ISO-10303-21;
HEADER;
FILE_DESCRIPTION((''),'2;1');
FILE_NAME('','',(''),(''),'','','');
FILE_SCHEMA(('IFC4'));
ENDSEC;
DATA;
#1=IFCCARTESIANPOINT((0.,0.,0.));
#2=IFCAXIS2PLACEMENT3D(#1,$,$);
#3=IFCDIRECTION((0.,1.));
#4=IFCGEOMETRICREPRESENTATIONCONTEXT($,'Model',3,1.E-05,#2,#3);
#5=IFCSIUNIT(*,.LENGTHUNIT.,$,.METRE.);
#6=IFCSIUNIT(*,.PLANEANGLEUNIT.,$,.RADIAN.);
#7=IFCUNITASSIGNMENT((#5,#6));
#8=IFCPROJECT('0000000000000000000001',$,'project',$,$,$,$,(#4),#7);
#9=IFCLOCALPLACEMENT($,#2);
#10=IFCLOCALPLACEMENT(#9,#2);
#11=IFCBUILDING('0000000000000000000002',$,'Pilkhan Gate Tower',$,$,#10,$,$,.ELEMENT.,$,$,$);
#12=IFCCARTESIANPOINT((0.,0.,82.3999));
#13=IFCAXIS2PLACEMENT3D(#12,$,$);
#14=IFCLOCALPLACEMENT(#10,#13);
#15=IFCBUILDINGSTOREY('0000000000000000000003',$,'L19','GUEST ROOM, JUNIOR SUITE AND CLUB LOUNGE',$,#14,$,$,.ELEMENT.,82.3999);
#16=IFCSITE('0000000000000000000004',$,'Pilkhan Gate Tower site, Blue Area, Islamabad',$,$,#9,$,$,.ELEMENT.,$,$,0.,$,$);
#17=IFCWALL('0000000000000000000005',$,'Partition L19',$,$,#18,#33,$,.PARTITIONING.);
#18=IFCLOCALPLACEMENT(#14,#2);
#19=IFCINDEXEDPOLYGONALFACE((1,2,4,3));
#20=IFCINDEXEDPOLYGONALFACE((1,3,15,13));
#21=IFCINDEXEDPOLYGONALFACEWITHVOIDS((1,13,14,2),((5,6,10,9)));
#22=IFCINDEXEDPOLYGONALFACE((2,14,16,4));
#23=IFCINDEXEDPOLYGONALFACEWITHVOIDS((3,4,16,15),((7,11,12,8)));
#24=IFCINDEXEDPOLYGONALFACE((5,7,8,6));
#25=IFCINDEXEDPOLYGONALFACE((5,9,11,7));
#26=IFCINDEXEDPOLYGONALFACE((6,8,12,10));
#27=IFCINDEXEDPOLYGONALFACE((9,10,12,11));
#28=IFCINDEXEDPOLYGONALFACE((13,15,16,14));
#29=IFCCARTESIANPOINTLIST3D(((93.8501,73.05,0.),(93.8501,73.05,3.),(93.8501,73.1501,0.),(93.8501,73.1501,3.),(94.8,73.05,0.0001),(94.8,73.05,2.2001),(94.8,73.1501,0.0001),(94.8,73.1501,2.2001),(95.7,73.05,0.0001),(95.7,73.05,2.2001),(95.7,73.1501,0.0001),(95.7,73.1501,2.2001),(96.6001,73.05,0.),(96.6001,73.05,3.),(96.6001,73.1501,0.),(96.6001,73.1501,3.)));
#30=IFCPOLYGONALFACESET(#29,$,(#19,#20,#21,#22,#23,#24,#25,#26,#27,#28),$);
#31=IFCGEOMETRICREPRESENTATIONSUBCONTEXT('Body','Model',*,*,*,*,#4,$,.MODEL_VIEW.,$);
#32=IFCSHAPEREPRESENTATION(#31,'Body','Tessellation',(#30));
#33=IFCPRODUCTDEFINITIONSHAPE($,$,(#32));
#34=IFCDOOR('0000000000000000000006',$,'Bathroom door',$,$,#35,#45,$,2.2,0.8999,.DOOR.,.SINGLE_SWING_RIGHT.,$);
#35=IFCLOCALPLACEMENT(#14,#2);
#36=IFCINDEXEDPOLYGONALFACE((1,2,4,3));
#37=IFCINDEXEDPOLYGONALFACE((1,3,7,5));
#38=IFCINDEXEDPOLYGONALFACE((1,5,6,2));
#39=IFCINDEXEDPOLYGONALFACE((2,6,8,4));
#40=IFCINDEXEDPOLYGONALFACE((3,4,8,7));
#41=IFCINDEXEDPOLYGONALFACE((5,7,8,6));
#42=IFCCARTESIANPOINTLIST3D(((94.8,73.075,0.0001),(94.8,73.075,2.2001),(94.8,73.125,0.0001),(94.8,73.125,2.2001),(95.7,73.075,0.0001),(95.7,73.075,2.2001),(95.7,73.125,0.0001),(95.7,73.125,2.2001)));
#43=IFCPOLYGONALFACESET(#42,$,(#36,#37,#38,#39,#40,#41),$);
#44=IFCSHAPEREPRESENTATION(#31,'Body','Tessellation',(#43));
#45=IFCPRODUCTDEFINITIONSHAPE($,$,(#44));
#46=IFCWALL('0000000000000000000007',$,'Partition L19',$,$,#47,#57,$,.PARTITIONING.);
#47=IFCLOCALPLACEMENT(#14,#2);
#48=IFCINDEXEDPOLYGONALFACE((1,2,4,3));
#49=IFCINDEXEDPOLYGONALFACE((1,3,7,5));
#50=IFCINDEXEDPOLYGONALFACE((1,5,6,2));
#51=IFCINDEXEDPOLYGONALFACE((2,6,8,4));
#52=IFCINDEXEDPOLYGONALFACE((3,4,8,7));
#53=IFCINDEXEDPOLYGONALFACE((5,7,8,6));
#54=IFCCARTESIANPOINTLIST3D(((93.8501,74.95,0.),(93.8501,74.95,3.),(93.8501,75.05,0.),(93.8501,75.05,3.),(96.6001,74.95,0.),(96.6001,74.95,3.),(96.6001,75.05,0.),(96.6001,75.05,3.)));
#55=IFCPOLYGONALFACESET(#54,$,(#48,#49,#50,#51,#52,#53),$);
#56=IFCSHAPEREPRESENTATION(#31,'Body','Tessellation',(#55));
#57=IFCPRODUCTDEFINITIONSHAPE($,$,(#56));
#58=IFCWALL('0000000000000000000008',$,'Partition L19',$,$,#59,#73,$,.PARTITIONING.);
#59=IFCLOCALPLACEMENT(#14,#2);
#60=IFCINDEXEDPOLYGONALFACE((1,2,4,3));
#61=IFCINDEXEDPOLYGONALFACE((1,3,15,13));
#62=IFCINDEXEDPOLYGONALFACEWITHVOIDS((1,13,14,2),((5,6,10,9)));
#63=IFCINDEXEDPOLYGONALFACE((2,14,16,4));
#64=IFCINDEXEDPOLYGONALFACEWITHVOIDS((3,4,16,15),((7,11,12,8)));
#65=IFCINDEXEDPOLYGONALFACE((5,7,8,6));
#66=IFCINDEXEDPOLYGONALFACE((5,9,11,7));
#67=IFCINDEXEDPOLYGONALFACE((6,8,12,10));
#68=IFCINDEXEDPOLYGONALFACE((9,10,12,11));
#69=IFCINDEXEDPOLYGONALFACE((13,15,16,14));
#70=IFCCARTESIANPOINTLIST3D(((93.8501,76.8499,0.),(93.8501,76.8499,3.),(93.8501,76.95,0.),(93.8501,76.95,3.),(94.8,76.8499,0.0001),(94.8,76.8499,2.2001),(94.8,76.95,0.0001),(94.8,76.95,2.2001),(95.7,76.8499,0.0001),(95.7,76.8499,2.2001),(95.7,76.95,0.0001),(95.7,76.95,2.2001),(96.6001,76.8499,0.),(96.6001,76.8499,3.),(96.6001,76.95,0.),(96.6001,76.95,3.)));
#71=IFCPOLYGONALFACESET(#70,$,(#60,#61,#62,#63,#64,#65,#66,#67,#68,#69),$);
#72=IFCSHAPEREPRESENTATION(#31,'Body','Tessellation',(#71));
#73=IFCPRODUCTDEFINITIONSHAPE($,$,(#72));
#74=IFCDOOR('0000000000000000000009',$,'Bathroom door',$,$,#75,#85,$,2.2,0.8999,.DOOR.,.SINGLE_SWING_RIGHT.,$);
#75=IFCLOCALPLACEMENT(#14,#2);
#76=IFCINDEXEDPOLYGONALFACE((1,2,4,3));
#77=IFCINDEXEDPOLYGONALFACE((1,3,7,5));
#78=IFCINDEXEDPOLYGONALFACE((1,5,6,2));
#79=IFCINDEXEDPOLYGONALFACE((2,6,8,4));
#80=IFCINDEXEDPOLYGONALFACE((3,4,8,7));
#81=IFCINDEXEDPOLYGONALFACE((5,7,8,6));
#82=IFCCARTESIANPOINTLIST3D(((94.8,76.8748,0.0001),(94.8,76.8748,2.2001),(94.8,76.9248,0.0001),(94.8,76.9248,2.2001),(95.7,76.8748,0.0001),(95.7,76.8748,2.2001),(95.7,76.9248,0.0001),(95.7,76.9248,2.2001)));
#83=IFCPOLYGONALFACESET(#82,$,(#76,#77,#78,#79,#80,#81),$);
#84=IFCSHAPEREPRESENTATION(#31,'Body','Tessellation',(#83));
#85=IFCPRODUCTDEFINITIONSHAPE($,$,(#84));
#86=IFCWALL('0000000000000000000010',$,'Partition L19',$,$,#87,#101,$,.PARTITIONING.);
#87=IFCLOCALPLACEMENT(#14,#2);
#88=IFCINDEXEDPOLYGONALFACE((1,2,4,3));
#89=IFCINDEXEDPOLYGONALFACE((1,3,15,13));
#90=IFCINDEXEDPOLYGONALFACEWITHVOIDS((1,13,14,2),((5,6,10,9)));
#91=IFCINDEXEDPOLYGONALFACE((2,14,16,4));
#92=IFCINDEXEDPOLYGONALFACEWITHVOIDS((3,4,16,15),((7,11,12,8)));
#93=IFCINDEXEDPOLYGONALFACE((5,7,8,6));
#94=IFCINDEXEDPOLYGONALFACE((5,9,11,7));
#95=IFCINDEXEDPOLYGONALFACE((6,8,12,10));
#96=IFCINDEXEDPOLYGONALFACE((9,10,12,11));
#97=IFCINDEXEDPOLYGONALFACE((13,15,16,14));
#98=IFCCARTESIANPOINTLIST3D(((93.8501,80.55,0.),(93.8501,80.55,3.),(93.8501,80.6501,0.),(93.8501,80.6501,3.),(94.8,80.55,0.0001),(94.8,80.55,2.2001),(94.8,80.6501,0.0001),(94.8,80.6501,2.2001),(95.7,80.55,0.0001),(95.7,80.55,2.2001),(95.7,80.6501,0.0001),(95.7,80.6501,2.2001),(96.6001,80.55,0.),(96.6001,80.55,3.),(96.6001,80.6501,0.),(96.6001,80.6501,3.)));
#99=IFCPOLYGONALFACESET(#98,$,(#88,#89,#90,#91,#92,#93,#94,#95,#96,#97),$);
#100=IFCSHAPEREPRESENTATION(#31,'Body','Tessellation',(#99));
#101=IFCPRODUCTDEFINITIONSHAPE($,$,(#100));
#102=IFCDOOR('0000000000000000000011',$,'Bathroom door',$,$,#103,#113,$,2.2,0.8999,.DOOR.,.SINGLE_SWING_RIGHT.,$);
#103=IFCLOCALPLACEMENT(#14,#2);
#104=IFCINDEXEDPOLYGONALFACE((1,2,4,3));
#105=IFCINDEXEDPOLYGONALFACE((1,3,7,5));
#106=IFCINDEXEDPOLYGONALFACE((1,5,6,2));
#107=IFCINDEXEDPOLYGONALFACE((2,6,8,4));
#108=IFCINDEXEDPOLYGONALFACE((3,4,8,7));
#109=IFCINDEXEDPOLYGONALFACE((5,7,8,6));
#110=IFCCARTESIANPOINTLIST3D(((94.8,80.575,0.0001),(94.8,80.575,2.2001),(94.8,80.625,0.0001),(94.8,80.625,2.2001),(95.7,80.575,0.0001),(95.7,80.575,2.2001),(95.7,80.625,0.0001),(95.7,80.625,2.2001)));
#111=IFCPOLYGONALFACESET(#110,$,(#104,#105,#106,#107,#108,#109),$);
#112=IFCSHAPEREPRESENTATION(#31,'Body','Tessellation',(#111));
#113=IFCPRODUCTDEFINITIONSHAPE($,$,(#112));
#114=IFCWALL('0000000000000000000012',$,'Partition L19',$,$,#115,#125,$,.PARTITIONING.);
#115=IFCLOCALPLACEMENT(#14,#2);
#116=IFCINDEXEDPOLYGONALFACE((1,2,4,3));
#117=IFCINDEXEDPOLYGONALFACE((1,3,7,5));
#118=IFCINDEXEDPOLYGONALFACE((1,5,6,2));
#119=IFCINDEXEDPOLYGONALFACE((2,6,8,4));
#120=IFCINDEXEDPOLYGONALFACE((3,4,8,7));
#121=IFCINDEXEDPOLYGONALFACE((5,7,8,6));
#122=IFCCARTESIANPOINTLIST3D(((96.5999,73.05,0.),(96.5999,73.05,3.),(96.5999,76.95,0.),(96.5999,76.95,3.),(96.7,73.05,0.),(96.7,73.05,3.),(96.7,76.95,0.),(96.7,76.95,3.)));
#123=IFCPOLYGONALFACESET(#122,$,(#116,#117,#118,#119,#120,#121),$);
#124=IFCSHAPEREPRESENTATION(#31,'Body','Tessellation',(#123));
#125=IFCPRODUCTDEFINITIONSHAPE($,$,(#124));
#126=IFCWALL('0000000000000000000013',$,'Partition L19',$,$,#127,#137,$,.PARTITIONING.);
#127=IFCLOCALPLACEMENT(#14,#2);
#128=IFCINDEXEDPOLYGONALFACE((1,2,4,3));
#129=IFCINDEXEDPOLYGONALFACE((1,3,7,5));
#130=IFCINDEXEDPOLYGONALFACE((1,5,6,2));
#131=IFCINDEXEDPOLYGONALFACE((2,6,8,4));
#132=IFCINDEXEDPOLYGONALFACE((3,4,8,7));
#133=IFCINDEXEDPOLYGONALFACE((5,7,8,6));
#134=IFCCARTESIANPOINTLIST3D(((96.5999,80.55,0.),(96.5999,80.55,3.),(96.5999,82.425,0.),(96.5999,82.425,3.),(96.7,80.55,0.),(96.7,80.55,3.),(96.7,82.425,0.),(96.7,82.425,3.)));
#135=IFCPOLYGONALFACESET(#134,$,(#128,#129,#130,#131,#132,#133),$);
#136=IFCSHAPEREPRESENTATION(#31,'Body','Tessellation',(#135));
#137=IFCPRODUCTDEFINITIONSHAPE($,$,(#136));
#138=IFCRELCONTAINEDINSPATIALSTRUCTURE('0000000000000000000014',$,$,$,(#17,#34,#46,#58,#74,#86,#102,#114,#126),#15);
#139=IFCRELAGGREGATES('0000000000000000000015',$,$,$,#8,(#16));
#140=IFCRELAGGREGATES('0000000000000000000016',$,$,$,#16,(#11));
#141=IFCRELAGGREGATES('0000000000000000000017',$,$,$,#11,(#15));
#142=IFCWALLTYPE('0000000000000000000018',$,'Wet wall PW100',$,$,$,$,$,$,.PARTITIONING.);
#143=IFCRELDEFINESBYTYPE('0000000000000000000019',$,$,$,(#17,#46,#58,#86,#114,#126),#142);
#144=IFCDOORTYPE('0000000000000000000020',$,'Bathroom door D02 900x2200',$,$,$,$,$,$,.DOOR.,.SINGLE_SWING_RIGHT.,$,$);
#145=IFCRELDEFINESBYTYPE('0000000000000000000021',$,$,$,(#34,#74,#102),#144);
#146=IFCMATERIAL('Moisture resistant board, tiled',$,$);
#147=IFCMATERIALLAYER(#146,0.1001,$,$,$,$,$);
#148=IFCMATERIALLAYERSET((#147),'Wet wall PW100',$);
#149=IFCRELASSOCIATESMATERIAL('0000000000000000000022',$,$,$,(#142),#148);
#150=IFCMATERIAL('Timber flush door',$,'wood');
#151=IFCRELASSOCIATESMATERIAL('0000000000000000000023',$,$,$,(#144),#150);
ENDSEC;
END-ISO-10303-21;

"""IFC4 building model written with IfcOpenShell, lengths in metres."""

from ifc_helpers import new_model, si_unit, direction, frame, frame_2d, origin, place, context, subcontext, project, spatial, rectangle, extrude, material, layer, layer_set, type_object, element, fill, save


model = new_model("IFC4")

# Units and contexts
model_context = context("Model", 3, precision=1e-05, world=origin(), true_north=direction((0.0, 1.0)))
body_context = subcontext(model_context, "Body", "Model", "MODEL_VIEW")
ifc_project = project(units=[si_unit("LENGTHUNIT", "METRE"), si_unit("PLANEANGLEUNIT", "RADIAN")], contexts=[model_context])

# Site, building, storey
site_placement = place(None, origin())
site = spatial("IfcSite", under=ifc_project, at=site_placement, Name="Pilkhan Gate Tower site, Blue Area, Islamabad", CompositionType="ELEMENT", RefElevation=0.0)
building_placement = place(site_placement, origin())
building = spatial("IfcBuilding", under=site, at=building_placement, Name="Pilkhan Gate Tower", CompositionType="ELEMENT")
storey_placement = place(building_placement, frame((0.0, 0.0, 82.3999)))
storey = spatial("IfcBuildingStorey", under=building, at=storey_placement, Name="L19", Description="GUEST ROOM, JUNIOR SUITE AND CLUB LOUNGE", CompositionType="ELEMENT", Elevation=82.3999)

# Wall, opening, door
ifc_material_1 = material(Name="Moisture resistant board, tiled")
ifc_layer_1 = layer(ifc_material_1, 0.1001)
ifc_layer_set_1 = layer_set([ifc_layer_1], Name="Wet wall PW100")
wall_type_1 = type_object("IfcWallType", Name="Wet wall PW100", PredefinedType="PARTITIONING", material=ifc_layer_set_1)
wall_1_placement = place(storey_placement, frame((93.8501, 73.1001, 0.0), z_axis=(0.0, 0.0, 1.0), x_axis=(1.0, 0.0, 0.0)))
wall_1 = element("IfcWall", 1, at=wall_1_placement, inside=storey, type_object=wall_type_1, Name="Partition L19", PredefinedType="PARTITIONING", context=body_context, shape_type="SweptSolid", body=[
    extrude(rectangle(XDim=2.75, YDim=0.1001, at=frame_2d((1.375, 0.0))), origin(), (0.0, 0.0, 1.0), 3.0),
])
opening_1_placement = place(wall_1_placement, frame((0.95, 0.0, 0.0)))
opening_1 = element("IfcOpeningElement", 2, at=opening_1_placement, cuts=wall_1, PredefinedType="OPENING", context=body_context, shape_type="SweptSolid", body=[
    extrude(rectangle(XDim=0.8999, YDim=2.2, at=frame_2d((0.45, 1.1001))), frame((0.0, 0.0601, 0.0), z_axis=(0.0, -1.0, 0.0), x_axis=(1.0, 0.0, 0.0)), (0.0, 0.0, 1.0), 0.1201),
])
ifc_material_2 = material(Name="Timber flush door", Category="wood")
door_type_1 = type_object("IfcDoorType", Name="Bathroom door D02 900x2200", OperationType="SINGLE_SWING_RIGHT", PredefinedType="DOOR", material=ifc_material_2)
door_1_placement = place(opening_1_placement, origin())
door_1 = element("IfcDoor", 3, at=door_1_placement, inside=storey, type_object=door_type_1, Name="Bathroom door", OperationType="SINGLE_SWING_RIGHT", OverallHeight=2.2, OverallWidth=0.8999, PredefinedType="DOOR", context=body_context, shape_type="SweptSolid", body=[
    extrude(rectangle(XDim=0.8999, YDim=2.2, at=frame_2d((0.45, 1.1001))), frame((0.0, 0.0249, 0.0), z_axis=(0.0, -1.0, 0.0), x_axis=(1.0, 0.0, 0.0)), (0.0, 0.0, 1.0), 0.05),
])
fill(opening_1, door_1)

# Wall
wall_2_placement = place(storey_placement, frame((93.8501, 75.0, 0.0), z_axis=(0.0, 0.0, 1.0), x_axis=(1.0, 0.0, 0.0)))
element("IfcWall", 4, at=wall_2_placement, inside=storey, type_object=wall_type_1, Name="Partition L19", PredefinedType="PARTITIONING", context=body_context, shape_type="SweptSolid", body=[
    extrude(rectangle(XDim=2.75, YDim=0.1001, at=frame_2d((1.375, 0.0))), origin(), (0.0, 0.0, 1.0), 3.0),
])

# Walls, openings, doors
wall_3_placement = place(storey_placement, frame((93.8501, 76.8999, 0.0), z_axis=(0.0, 0.0, 1.0), x_axis=(1.0, 0.0, 0.0)))
wall_3 = element("IfcWall", 5, at=wall_3_placement, inside=storey, type_object=wall_type_1, Name="Partition L19", PredefinedType="PARTITIONING", context=body_context, shape_type="SweptSolid", body=[
    extrude(rectangle(XDim=2.75, YDim=0.1001, at=frame_2d((1.375, 0.0))), origin(), (0.0, 0.0, 1.0), 3.0),
])
opening_2_placement = place(wall_3_placement, frame((0.95, 0.0, 0.0)))
opening_2 = element("IfcOpeningElement", 6, at=opening_2_placement, cuts=wall_3, PredefinedType="OPENING", context=body_context, shape_type="SweptSolid", body=[
    extrude(rectangle(XDim=0.8999, YDim=2.2, at=frame_2d((0.45, 1.1001))), frame((0.0, 0.0601, 0.0), z_axis=(0.0, -1.0, 0.0), x_axis=(1.0, 0.0, 0.0)), (0.0, 0.0, 1.0), 0.1201),
])
door_2_placement = place(opening_2_placement, origin())
door_2 = element("IfcDoor", 7, at=door_2_placement, inside=storey, type_object=door_type_1, Name="Bathroom door", OperationType="SINGLE_SWING_RIGHT", OverallHeight=2.2, OverallWidth=0.8999, PredefinedType="DOOR", context=body_context, shape_type="SweptSolid", body=[
    extrude(rectangle(XDim=0.8999, YDim=2.2, at=frame_2d((0.45, 1.1001))), frame((0.0, 0.0249, 0.0), z_axis=(0.0, -1.0, 0.0), x_axis=(1.0, 0.0, 0.0)), (0.0, 0.0, 1.0), 0.05),
])
fill(opening_2, door_2)
wall_4_placement = place(storey_placement, frame((93.8501, 80.6001, 0.0), z_axis=(0.0, 0.0, 1.0), x_axis=(1.0, 0.0, 0.0)))
wall_4 = element("IfcWall", 8, at=wall_4_placement, inside=storey, type_object=wall_type_1, Name="Partition L19", PredefinedType="PARTITIONING", context=body_context, shape_type="SweptSolid", body=[
    extrude(rectangle(XDim=2.75, YDim=0.1001, at=frame_2d((1.375, 0.0))), origin(), (0.0, 0.0, 1.0), 3.0),
])
opening_3_placement = place(wall_4_placement, frame((0.95, 0.0, 0.0)))
opening_3 = element("IfcOpeningElement", 9, at=opening_3_placement, cuts=wall_4, PredefinedType="OPENING", context=body_context, shape_type="SweptSolid", body=[
    extrude(rectangle(XDim=0.8999, YDim=2.2, at=frame_2d((0.45, 1.1001))), frame((0.0, 0.0601, 0.0), z_axis=(0.0, -1.0, 0.0), x_axis=(1.0, 0.0, 0.0)), (0.0, 0.0, 1.0), 0.1201),
])
door_3_placement = place(opening_3_placement, origin())
door_3 = element("IfcDoor", 10, at=door_3_placement, inside=storey, type_object=door_type_1, Name="Bathroom door", OperationType="SINGLE_SWING_RIGHT", OverallHeight=2.2, OverallWidth=0.8999, PredefinedType="DOOR", context=body_context, shape_type="SweptSolid", body=[
    extrude(rectangle(XDim=0.8999, YDim=2.2, at=frame_2d((0.45, 1.1001))), frame((0.0, 0.0249, 0.0), z_axis=(0.0, -1.0, 0.0), x_axis=(1.0, 0.0, 0.0)), (0.0, 0.0, 1.0), 0.05),
])
fill(opening_3, door_3)

# Walls
wall_5_placement = place(storey_placement, frame((96.6499, 73.05, 0.0), z_axis=(0.0, 0.0, 1.0), x_axis=(0.0, 1.0, 0.0)))
element("IfcWall", 11, at=wall_5_placement, inside=storey, type_object=wall_type_1, Name="Partition L19", PredefinedType="PARTITIONING", context=body_context, shape_type="SweptSolid", body=[
    extrude(rectangle(XDim=3.8999, YDim=0.1001, at=frame_2d((1.95, 0.0))), origin(), (0.0, 0.0, 1.0), 3.0),
])
wall_6_placement = place(storey_placement, frame((96.6499, 80.55, 0.0), z_axis=(0.0, 0.0, 1.0), x_axis=(0.0, 1.0, 0.0)))
element("IfcWall", 12, at=wall_6_placement, inside=storey, type_object=wall_type_1, Name="Partition L19", PredefinedType="PARTITIONING", context=body_context, shape_type="SweptSolid", body=[
    extrude(rectangle(XDim=1.875, YDim=0.1001, at=frame_2d((0.9375, 0.0))), origin(), (0.0, 0.0, 1.0), 3.0),
])

save(model, "model.ifc")
